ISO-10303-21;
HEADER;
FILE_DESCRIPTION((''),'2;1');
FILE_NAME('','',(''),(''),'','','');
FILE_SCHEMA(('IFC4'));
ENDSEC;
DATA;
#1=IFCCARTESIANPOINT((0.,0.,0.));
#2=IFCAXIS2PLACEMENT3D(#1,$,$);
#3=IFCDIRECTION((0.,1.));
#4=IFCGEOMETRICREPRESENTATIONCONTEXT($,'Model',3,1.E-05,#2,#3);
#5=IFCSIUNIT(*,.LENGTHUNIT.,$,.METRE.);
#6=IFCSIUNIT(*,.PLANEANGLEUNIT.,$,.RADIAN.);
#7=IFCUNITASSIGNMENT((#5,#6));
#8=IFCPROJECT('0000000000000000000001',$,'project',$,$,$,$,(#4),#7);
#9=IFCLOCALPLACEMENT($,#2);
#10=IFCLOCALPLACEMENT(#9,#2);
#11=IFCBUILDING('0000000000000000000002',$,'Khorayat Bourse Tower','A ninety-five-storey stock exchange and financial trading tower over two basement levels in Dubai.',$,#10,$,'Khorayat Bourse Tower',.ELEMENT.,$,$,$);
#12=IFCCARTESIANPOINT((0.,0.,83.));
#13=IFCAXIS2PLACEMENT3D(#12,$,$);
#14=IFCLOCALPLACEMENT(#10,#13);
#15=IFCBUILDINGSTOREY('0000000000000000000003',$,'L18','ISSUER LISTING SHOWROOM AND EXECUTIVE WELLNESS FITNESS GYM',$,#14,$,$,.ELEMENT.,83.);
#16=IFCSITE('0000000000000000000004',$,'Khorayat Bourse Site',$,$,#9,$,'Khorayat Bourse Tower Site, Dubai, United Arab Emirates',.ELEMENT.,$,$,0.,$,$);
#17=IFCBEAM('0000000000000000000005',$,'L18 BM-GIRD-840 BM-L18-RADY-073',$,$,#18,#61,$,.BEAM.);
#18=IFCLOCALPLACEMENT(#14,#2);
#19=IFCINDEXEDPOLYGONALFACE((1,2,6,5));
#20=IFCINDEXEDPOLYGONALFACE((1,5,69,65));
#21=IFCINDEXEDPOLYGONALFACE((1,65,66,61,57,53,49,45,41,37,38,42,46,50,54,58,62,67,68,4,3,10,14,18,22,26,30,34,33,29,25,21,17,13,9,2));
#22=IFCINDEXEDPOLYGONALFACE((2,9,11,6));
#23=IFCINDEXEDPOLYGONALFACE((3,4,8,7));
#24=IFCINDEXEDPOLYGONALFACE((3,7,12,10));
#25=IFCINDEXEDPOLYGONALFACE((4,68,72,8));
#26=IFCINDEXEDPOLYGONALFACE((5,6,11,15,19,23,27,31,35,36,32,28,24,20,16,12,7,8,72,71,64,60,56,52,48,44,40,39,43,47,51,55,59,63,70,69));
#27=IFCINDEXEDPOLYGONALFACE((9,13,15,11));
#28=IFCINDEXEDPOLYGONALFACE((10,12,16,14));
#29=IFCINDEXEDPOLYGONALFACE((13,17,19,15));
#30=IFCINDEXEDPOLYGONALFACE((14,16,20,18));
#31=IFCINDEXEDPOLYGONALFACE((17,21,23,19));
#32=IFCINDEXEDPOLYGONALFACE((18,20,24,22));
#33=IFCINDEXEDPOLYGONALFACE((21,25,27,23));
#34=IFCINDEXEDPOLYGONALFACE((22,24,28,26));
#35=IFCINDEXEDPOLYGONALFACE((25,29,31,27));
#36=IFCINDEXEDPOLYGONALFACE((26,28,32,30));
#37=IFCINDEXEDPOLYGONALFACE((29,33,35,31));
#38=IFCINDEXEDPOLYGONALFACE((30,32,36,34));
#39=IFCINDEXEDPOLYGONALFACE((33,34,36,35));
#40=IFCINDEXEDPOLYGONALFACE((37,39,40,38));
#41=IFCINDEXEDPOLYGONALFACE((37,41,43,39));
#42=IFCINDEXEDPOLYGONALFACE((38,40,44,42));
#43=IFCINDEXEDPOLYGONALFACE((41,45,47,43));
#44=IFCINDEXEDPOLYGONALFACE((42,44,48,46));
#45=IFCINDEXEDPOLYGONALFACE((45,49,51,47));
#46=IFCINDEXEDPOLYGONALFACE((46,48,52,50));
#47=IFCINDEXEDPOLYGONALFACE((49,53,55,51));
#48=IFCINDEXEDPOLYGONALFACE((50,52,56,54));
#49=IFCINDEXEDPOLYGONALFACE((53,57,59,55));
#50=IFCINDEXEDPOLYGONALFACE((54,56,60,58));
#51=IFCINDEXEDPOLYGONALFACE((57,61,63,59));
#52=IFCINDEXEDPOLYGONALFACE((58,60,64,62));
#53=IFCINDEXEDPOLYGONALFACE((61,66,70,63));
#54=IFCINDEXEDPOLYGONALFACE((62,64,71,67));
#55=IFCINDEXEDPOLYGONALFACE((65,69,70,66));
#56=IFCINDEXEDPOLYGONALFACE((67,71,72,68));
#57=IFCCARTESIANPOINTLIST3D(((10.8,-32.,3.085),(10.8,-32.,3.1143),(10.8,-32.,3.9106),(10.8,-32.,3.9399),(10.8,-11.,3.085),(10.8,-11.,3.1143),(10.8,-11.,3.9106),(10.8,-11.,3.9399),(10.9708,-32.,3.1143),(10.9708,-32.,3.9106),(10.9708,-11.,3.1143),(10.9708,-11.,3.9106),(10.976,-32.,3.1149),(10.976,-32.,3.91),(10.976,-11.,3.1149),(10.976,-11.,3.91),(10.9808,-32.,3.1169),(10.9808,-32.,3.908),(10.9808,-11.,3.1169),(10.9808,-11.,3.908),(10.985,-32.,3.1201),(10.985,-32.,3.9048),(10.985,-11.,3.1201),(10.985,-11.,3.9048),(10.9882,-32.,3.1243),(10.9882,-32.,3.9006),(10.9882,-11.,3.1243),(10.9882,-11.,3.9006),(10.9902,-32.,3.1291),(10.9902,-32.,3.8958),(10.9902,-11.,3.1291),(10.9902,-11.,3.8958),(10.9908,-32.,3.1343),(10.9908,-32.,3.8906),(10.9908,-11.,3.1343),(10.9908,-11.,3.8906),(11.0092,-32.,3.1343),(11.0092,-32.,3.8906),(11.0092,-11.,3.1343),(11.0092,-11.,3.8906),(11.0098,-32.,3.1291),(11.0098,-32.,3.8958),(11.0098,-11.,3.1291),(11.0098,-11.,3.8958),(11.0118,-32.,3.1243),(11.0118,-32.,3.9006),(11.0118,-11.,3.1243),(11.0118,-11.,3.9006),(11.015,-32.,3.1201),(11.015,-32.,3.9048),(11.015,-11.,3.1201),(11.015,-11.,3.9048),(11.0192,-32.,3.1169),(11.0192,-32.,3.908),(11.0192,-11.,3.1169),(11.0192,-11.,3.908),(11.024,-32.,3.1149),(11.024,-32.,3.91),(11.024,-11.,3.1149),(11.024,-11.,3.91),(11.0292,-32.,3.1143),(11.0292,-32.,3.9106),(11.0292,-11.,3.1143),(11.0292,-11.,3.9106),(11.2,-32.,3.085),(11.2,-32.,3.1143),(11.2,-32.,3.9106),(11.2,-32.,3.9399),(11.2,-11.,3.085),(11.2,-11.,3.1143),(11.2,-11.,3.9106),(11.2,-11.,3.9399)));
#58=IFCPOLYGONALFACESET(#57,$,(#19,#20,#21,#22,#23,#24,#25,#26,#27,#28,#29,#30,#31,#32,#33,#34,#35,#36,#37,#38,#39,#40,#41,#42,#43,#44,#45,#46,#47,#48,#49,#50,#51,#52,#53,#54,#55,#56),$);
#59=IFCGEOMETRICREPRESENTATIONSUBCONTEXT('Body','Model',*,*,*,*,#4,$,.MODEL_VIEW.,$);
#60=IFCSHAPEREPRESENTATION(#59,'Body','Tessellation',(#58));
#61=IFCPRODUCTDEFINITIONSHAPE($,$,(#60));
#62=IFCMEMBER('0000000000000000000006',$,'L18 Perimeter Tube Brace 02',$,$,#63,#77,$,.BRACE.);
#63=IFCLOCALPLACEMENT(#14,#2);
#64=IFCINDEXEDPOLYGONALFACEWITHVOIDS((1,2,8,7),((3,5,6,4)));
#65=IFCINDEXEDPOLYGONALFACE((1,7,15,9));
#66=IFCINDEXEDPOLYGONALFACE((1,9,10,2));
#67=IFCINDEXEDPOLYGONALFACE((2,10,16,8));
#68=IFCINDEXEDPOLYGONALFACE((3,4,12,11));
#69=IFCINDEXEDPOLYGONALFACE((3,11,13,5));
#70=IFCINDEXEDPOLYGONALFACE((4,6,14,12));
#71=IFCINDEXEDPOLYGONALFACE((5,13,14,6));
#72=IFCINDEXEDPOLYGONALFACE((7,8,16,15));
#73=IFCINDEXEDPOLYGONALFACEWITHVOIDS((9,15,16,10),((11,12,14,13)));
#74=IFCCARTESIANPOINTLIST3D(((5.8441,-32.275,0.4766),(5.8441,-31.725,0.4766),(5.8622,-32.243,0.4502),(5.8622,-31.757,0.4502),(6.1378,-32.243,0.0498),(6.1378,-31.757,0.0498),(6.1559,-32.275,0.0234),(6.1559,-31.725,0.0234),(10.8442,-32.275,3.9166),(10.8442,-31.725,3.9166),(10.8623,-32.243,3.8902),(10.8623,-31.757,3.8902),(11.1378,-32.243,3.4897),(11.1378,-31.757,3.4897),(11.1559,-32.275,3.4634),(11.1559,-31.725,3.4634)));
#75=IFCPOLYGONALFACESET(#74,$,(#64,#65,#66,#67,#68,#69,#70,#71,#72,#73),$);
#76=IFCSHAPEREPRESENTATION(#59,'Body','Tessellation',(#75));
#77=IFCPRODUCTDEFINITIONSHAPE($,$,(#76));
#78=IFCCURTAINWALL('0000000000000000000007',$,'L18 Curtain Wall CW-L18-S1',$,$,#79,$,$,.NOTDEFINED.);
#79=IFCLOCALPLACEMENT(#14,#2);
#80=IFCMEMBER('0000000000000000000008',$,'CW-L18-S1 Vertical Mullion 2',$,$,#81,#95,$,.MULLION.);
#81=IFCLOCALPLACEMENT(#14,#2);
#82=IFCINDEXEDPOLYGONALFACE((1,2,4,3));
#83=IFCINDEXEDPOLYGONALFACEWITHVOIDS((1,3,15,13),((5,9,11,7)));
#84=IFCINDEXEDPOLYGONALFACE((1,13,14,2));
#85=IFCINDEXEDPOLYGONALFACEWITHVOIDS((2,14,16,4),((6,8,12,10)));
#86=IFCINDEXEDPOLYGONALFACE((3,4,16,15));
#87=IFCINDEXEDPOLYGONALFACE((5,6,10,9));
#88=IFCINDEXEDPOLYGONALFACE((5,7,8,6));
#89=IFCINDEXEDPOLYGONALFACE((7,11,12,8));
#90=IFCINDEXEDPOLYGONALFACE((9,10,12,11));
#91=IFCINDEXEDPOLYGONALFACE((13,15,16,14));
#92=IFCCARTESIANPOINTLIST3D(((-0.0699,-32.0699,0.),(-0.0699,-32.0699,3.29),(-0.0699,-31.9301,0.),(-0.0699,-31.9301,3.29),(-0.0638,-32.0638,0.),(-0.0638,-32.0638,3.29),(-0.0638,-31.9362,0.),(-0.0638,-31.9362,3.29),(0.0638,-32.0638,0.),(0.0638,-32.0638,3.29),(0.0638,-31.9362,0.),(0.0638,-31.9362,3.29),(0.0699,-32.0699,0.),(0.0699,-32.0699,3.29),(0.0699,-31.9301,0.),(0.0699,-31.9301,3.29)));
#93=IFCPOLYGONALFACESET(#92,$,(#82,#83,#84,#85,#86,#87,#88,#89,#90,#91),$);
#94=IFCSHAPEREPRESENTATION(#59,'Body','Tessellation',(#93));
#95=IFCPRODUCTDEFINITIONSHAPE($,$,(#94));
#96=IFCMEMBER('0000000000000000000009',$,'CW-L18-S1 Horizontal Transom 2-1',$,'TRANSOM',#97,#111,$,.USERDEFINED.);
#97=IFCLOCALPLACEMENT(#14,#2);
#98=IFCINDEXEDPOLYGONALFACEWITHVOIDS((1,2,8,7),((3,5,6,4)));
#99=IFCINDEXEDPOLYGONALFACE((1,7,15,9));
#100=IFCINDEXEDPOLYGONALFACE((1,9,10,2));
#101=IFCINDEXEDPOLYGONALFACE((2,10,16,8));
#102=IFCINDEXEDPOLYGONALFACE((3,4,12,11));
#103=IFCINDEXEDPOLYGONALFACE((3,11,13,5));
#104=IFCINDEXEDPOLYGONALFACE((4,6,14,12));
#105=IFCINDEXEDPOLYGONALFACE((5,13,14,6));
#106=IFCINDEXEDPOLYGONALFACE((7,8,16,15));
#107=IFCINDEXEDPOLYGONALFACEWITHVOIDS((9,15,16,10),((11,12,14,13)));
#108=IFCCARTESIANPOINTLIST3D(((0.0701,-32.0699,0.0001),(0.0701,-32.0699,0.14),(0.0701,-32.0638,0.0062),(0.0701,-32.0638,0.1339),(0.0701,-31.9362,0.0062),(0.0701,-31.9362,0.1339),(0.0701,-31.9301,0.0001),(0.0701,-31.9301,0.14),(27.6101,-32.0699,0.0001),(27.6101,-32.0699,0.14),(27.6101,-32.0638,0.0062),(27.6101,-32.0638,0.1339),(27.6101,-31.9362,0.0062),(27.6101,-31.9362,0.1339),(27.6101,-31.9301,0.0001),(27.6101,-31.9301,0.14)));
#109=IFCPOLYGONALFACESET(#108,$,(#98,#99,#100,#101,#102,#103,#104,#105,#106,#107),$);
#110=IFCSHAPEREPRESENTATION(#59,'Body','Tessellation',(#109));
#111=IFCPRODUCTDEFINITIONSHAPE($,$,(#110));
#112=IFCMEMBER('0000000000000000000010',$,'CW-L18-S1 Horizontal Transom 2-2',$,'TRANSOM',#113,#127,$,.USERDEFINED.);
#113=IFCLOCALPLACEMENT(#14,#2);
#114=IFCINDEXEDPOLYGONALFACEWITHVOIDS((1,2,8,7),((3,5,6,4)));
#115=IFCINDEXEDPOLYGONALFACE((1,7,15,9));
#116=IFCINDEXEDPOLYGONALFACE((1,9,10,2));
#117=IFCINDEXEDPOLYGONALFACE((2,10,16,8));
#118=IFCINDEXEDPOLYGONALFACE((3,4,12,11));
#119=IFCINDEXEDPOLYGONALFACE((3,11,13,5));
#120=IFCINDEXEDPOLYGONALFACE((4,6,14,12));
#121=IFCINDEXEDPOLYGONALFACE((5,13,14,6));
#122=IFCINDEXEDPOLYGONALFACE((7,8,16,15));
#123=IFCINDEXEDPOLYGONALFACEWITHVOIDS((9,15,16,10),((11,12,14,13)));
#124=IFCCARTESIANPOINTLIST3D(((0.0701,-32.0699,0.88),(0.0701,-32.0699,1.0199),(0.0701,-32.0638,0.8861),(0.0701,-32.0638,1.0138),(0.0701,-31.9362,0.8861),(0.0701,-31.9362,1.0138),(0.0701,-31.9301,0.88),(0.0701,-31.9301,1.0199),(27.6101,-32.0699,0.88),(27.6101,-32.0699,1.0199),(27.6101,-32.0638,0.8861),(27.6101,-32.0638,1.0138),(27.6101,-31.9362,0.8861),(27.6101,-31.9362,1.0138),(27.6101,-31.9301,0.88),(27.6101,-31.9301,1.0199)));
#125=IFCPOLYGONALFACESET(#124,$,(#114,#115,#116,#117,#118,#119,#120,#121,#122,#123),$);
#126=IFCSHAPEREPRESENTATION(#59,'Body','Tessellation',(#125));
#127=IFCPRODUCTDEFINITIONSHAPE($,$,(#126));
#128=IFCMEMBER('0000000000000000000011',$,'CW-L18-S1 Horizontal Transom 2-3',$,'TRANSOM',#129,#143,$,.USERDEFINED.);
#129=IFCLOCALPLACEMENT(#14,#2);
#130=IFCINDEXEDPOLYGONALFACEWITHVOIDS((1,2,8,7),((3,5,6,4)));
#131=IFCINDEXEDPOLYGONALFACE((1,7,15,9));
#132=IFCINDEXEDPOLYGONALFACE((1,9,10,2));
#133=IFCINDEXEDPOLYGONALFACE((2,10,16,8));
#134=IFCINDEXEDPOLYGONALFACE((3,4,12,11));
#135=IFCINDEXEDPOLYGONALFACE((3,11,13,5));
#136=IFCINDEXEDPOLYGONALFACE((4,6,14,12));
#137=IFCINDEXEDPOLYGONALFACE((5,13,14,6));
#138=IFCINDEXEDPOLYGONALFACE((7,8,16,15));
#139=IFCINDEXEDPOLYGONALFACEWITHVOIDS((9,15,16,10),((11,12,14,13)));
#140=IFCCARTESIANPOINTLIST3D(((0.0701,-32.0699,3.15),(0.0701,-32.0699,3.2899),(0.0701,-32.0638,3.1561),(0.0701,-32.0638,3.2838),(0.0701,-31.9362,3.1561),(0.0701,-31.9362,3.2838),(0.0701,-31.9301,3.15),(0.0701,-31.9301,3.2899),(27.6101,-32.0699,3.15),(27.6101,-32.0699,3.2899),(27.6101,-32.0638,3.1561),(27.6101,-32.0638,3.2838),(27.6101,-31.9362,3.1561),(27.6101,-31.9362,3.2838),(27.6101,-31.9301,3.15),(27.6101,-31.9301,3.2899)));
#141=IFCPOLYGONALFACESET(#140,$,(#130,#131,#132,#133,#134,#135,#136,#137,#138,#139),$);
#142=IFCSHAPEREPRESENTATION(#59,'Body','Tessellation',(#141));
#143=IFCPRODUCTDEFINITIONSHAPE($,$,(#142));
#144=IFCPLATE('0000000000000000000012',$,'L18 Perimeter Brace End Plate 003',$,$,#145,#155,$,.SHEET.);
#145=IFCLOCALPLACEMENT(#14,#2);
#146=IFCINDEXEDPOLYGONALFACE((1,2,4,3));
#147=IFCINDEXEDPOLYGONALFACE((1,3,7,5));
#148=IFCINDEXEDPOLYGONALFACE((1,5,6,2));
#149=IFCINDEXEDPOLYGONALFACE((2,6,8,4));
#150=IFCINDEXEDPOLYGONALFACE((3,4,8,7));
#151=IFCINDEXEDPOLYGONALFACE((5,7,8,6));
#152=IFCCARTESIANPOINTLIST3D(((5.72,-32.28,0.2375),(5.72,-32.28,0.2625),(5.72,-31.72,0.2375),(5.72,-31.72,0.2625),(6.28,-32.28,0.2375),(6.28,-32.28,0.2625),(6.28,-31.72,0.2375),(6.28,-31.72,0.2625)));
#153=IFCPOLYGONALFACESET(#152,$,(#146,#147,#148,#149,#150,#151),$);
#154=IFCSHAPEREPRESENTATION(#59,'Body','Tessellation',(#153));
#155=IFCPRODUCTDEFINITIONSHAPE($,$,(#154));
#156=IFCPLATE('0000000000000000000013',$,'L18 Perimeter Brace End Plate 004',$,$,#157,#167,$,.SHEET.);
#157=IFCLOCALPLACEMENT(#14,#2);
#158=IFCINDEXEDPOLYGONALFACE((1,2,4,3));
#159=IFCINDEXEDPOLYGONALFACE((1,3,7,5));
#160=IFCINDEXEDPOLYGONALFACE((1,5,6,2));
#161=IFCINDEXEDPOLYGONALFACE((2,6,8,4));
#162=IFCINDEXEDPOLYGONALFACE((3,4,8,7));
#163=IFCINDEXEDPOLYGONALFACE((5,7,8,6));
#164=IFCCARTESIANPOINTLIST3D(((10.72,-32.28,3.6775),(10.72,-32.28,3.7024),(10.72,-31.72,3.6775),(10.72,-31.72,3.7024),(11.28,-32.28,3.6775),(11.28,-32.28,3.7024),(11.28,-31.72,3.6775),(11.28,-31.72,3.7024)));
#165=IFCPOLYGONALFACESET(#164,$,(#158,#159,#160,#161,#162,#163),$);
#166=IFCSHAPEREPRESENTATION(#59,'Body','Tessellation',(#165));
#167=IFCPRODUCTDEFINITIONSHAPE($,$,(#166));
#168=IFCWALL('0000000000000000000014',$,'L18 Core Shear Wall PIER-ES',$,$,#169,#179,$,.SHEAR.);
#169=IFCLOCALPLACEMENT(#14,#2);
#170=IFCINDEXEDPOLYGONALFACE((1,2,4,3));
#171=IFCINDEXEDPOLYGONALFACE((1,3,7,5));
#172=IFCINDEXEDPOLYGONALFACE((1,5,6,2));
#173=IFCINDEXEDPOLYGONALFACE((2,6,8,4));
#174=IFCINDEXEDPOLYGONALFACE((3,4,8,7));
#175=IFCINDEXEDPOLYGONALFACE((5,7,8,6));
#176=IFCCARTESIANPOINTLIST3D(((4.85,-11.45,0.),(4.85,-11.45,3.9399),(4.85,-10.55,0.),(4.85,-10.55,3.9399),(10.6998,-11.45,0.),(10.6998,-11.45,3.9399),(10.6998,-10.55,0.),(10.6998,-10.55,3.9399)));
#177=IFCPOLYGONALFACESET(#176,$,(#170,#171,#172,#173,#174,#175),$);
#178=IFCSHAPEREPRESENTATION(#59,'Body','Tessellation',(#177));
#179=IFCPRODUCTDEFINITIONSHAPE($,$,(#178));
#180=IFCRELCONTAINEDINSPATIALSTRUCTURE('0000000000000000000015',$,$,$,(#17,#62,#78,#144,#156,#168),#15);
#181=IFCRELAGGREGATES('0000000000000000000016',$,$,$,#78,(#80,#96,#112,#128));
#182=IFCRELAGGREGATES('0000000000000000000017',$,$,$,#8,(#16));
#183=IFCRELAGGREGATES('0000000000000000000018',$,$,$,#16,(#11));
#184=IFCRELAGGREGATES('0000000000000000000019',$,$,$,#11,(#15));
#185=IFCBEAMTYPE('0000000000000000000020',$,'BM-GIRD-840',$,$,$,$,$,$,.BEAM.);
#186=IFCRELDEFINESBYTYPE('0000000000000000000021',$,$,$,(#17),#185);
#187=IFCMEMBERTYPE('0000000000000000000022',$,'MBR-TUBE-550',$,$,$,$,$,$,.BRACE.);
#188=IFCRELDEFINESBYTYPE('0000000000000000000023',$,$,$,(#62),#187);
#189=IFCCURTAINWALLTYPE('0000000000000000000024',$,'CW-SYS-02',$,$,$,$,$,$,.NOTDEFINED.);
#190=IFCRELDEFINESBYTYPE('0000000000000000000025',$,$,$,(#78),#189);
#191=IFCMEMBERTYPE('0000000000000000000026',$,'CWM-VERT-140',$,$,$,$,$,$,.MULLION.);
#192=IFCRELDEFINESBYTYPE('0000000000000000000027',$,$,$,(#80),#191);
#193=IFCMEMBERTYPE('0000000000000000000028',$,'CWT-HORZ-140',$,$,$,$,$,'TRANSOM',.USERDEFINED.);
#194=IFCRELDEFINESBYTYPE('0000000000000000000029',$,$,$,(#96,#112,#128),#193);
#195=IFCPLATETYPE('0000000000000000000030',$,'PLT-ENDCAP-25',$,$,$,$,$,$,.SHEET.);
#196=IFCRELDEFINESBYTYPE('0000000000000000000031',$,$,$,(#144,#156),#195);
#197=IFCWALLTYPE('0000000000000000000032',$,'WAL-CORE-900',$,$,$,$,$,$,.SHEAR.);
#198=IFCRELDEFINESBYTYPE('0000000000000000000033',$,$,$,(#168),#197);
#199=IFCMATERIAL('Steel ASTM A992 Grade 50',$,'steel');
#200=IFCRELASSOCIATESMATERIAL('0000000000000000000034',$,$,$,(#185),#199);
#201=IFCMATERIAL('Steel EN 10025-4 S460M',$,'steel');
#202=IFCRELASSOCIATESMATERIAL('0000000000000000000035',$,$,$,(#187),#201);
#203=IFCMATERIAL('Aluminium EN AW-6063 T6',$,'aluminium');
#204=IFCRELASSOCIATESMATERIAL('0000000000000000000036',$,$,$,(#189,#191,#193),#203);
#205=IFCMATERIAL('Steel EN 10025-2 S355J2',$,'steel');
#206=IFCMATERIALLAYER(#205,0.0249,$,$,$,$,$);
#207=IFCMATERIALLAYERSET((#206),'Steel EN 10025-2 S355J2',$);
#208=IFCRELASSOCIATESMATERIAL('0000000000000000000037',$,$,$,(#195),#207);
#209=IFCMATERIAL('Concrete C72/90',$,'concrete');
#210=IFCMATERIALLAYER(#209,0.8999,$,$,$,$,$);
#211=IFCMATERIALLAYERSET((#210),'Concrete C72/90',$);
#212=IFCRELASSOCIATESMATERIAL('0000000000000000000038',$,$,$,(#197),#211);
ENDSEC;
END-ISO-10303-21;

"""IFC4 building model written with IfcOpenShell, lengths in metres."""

from ifc_helpers import new_model, si_unit, direction, frame, frame_2d, origin, origin_2d, place, context, subcontext, project, spatial, rectangle, hollow_rectangle, i_section, extrude, source, transform, mapped, material, layer, layer_set, material_profile, profile_set, type_object, element, aggregate, save


model = new_model("IFC4")

# Units and contexts
model_context = context("Model", 3, precision=1e-05, world=origin(), true_north=direction((0.0, 1.0)))
body_context = subcontext(model_context, "Body", "Model", "MODEL_VIEW")
ifc_project = project(units=[si_unit("LENGTHUNIT", "METRE"), si_unit("PLANEANGLEUNIT", "RADIAN")], contexts=[model_context])

# Site, building, storey
site_placement = place(None, origin())
site = spatial("IfcSite", under=ifc_project, at=site_placement, Name="Khorayat Bourse Site", LongName="Khorayat Bourse Tower Site, Dubai, United Arab Emirates", CompositionType="ELEMENT", RefElevation=0.0)
building_placement = place(site_placement, origin())
building = spatial("IfcBuilding", under=site, at=building_placement, Name="Khorayat Bourse Tower", Description="A ninety-five-storey stock exchange and financial trading tower over two basement levels in Dubai.", LongName="Khorayat Bourse Tower", CompositionType="ELEMENT")
storey_placement = place(building_placement, frame((0.0, 0.0, 83.0)))
storey = spatial("IfcBuildingStorey", under=building, at=storey_placement, Name="L18", Description="ISSUER LISTING SHOWROOM AND EXECUTIVE WELLNESS FITNESS GYM", CompositionType="ELEMENT", Elevation=83.0)

# Shared definitions
ifc_material_1 = material(Name="Steel EN 10025-4 S460M", Category="steel")
ifc_material_2 = material(Name="Concrete C72/90", Category="concrete")

# Beam
ifc_material_3 = material(Name="Steel ASTM A992 Grade 50", Category="steel")
ifc_material_profile_1 = material_profile(ifc_material_3, i_section(OverallWidth=0.3999, OverallDepth=0.855, WebThickness=0.0183, FlangeThickness=0.0293, FilletRadius=0.02, at=origin_2d()), Name="W840X299")
ifc_profile_set_1 = profile_set([ifc_material_profile_1], Name="Steel ASTM A992 Grade 50")
beam_type_1 = type_object("IfcBeamType", Name="BM-GIRD-840", PredefinedType="BEAM", material=ifc_profile_set_1)
shared_shape_1 = source(origin(), body_context, "Body", "SweptSolid", [
    extrude(i_section(OverallWidth=0.3999, OverallDepth=0.855, WebThickness=0.0183, FlangeThickness=0.0293, FilletRadius=0.02, at=origin_2d()), origin(), (0.0, 0.0, 1.0), 21.0),
])
for number, where, z_axis, x_axis, name in (
    (1, (11.0, -32.0, 3.5125), (0.0, 1.0, 0.0), (-1.0, 0.0, 0.0), "L18 BM-GIRD-840 BM-L18-RADY-073"),
):
    element("IfcBeam", number, at=place(storey_placement, frame(where, z_axis=z_axis, x_axis=x_axis)), inside=storey, type_object=beam_type_1, Name=name, PredefinedType="BEAM", context=body_context, shape_type="MappedRepresentation", body=[
        mapped(shared_shape_1, transform((0.0, 0.0, 0.0), scale=1.0)),
    ])

# Member
ifc_material_profile_2 = material_profile(ifc_material_1, hollow_rectangle(XDim=0.55, YDim=0.55, WallThickness=0.032, at=origin_2d()), Name="HSS 550x550x32")
ifc_profile_set_2 = profile_set([ifc_material_profile_2], Name="Steel EN 10025-4 S460M")
member_type_1 = type_object("IfcMemberType", Name="MBR-TUBE-550", PredefinedType="BRACE", material=ifc_profile_set_2)
shared_shape_2 = source(origin(), body_context, "Body", "SweptSolid", [
    extrude(hollow_rectangle(XDim=0.55, YDim=0.55, WallThickness=0.032, at=origin_2d()), origin(), (0.0, 0.0, 1.0), 6.0691),
])
member_1_placement = place(storey_placement, frame((6.0, -32.0, 0.25), z_axis=(0.823854, 0.0, 0.566802), x_axis=(0.0, 1.0, 0.0)))
element("IfcMember", 2, at=member_1_placement, inside=storey, type_object=member_type_1, Name="L18 Perimeter Tube Brace 02", PredefinedType="BRACE", context=body_context, shape_type="MappedRepresentation", body=[
    mapped(shared_shape_2, transform((0.0, 0.0, 0.0), scale=1.0)),
])

# Curtain wall, members
ifc_material_4 = material(Name="Aluminium EN AW-6063 T6", Category="aluminium")
curtain_wall_type = type_object("IfcCurtainWallType", Name="CW-SYS-02", PredefinedType="NOTDEFINED", material=ifc_material_4)
curtain_wall_placement = place(storey_placement, origin())
curtain_wall = element("IfcCurtainWall", 3, at=curtain_wall_placement, inside=storey, type_object=curtain_wall_type, Name="L18 Curtain Wall CW-L18-S1", PredefinedType="NOTDEFINED")
ifc_material_profile_3 = material_profile(ifc_material_4, hollow_rectangle(XDim=0.1399, YDim=0.1399, WallThickness=0.0061, at=origin_2d()), Name="ALU 140x140x6")
ifc_profile_set_3 = profile_set([ifc_material_profile_3], Name="Aluminium EN AW-6063 T6")
member_type_2 = type_object("IfcMemberType", Name="CWM-VERT-140", PredefinedType="MULLION", material=ifc_profile_set_3)
shared_shape_3 = source(origin(), body_context, "Body", "SweptSolid", [
    extrude(hollow_rectangle(XDim=0.1399, YDim=0.1399, WallThickness=0.0061, at=origin_2d()), origin(), (0.0, 0.0, 1.0), 3.29),
])
member_2_placement = place(storey_placement, frame((0.0, -32.0, 0.0), z_axis=(0.0, 0.0, 1.0), x_axis=(0.0, 1.0, 0.0)))
member_2 = element("IfcMember", 4, at=member_2_placement, type_object=member_type_2, Name="CW-L18-S1 Vertical Mullion 2", PredefinedType="MULLION", context=body_context, shape_type="MappedRepresentation", body=[
    mapped(shared_shape_3, transform((0.0, 0.0, 0.0), scale=1.0)),
])
ifc_material_profile_4 = material_profile(ifc_material_4, hollow_rectangle(XDim=0.1399, YDim=0.1399, WallThickness=0.0061, at=origin_2d()), Name="ALU 140x140x6")
ifc_profile_set_4 = profile_set([ifc_material_profile_4], Name="Aluminium EN AW-6063 T6")
member_type_3 = type_object("IfcMemberType", Name="CWT-HORZ-140", ElementType="TRANSOM", PredefinedType="USERDEFINED", material=ifc_profile_set_4)
shared_shape_4 = source(origin(), body_context, "Body", "SweptSolid", [
    extrude(hollow_rectangle(XDim=0.1399, YDim=0.1399, WallThickness=0.0061, at=origin_2d()), origin(), (0.0, 0.0, 1.0), 27.54),
])
member_3_placement = place(storey_placement, frame((0.0701, -32.0, 0.0701), z_axis=(1.0, 0.0, 0.0), x_axis=(0.0, 1.0, 0.0)))
member_3 = element("IfcMember", 5, at=member_3_placement, type_object=member_type_3, Name="CW-L18-S1 Horizontal Transom 2-1", ObjectType="TRANSOM", PredefinedType="USERDEFINED", context=body_context, shape_type="MappedRepresentation", body=[
    mapped(shared_shape_4, transform((0.0, 0.0, 0.0), scale=1.0)),
])
member_4_placement = place(storey_placement, frame((0.0701, -32.0, 0.95), z_axis=(1.0, 0.0, 0.0), x_axis=(0.0, 1.0, 0.0)))
member_4 = element("IfcMember", 6, at=member_4_placement, type_object=member_type_3, Name="CW-L18-S1 Horizontal Transom 2-2", ObjectType="TRANSOM", PredefinedType="USERDEFINED", context=body_context, shape_type="MappedRepresentation", body=[
    mapped(shared_shape_4, transform((0.0, 0.0, 0.0), scale=1.0)),
])
member_5_placement = place(storey_placement, frame((0.0701, -32.0, 3.22), z_axis=(1.0, 0.0, 0.0), x_axis=(0.0, 1.0, 0.0)))
member_5 = element("IfcMember", 7, at=member_5_placement, type_object=member_type_3, Name="CW-L18-S1 Horizontal Transom 2-3", ObjectType="TRANSOM", PredefinedType="USERDEFINED", context=body_context, shape_type="MappedRepresentation", body=[
    mapped(shared_shape_4, transform((0.0, 0.0, 0.0), scale=1.0)),
])
aggregate(curtain_wall, [member_2, member_3, member_4, member_5])

# Plates
ifc_material_5 = material(Name="Steel EN 10025-2 S355J2", Category="steel")
ifc_layer_1 = layer(ifc_material_5, 0.0249)
ifc_layer_set_1 = layer_set([ifc_layer_1], Name="Steel EN 10025-2 S355J2")
plate_type = type_object("IfcPlateType", Name="PLT-ENDCAP-25", PredefinedType="SHEET", material=ifc_layer_set_1)
shared_shape_5 = source(origin(), body_context, "Body", "SweptSolid", [
    extrude(rectangle(XDim=0.5601, YDim=0.5601, at=origin_2d()), origin(), (0.0, 0.0, 1.0), 0.0249),
])
for number, where, z_axis, x_axis, name in (
    (8, (6.0, -32.0, 0.2375), (0.0, 0.0, 1.0), (1.0, 0.0, 0.0), "L18 Perimeter Brace End Plate 003"),
    (9, (11.0, -32.0, 3.6775), (0.0, 0.0, 1.0), (1.0, 0.0, 0.0), "L18 Perimeter Brace End Plate 004"),
):
    element("IfcPlate", number, at=place(storey_placement, frame(where, z_axis=z_axis, x_axis=x_axis)), inside=storey, type_object=plate_type, Name=name, PredefinedType="SHEET", context=body_context, shape_type="MappedRepresentation", body=[
        mapped(shared_shape_5, transform((0.0, 0.0, 0.0), scale=1.0)),
    ])

# Wall
ifc_layer_2 = layer(ifc_material_2, 0.8999)
ifc_layer_set_2 = layer_set([ifc_layer_2], Name="Concrete C72/90")
wall_type_1 = type_object("IfcWallType", Name="WAL-CORE-900", PredefinedType="SHEAR", material=ifc_layer_set_2)
shared_shape_6 = source(origin(), body_context, "Body", "SweptSolid", [
    extrude(rectangle(XDim=5.8499, YDim=0.8999, at=frame_2d((2.9248, 0.0))), origin(), (0.0, 0.0, 1.0), 3.9399),
])
wall_1_placement = place(storey_placement, frame((4.8501, -11.0, 0.0), z_axis=(0.0, 0.0, 1.0), x_axis=(1.0, 0.0, 0.0)))
element("IfcWall", 10, at=wall_1_placement, inside=storey, type_object=wall_type_1, Name="L18 Core Shear Wall PIER-ES", PredefinedType="SHEAR", context=body_context, shape_type="MappedRepresentation", body=[
    mapped(shared_shape_6, transform((0.0, 0.0, 0.0), scale=1.0)),
])

save(model, "model.ifc")
